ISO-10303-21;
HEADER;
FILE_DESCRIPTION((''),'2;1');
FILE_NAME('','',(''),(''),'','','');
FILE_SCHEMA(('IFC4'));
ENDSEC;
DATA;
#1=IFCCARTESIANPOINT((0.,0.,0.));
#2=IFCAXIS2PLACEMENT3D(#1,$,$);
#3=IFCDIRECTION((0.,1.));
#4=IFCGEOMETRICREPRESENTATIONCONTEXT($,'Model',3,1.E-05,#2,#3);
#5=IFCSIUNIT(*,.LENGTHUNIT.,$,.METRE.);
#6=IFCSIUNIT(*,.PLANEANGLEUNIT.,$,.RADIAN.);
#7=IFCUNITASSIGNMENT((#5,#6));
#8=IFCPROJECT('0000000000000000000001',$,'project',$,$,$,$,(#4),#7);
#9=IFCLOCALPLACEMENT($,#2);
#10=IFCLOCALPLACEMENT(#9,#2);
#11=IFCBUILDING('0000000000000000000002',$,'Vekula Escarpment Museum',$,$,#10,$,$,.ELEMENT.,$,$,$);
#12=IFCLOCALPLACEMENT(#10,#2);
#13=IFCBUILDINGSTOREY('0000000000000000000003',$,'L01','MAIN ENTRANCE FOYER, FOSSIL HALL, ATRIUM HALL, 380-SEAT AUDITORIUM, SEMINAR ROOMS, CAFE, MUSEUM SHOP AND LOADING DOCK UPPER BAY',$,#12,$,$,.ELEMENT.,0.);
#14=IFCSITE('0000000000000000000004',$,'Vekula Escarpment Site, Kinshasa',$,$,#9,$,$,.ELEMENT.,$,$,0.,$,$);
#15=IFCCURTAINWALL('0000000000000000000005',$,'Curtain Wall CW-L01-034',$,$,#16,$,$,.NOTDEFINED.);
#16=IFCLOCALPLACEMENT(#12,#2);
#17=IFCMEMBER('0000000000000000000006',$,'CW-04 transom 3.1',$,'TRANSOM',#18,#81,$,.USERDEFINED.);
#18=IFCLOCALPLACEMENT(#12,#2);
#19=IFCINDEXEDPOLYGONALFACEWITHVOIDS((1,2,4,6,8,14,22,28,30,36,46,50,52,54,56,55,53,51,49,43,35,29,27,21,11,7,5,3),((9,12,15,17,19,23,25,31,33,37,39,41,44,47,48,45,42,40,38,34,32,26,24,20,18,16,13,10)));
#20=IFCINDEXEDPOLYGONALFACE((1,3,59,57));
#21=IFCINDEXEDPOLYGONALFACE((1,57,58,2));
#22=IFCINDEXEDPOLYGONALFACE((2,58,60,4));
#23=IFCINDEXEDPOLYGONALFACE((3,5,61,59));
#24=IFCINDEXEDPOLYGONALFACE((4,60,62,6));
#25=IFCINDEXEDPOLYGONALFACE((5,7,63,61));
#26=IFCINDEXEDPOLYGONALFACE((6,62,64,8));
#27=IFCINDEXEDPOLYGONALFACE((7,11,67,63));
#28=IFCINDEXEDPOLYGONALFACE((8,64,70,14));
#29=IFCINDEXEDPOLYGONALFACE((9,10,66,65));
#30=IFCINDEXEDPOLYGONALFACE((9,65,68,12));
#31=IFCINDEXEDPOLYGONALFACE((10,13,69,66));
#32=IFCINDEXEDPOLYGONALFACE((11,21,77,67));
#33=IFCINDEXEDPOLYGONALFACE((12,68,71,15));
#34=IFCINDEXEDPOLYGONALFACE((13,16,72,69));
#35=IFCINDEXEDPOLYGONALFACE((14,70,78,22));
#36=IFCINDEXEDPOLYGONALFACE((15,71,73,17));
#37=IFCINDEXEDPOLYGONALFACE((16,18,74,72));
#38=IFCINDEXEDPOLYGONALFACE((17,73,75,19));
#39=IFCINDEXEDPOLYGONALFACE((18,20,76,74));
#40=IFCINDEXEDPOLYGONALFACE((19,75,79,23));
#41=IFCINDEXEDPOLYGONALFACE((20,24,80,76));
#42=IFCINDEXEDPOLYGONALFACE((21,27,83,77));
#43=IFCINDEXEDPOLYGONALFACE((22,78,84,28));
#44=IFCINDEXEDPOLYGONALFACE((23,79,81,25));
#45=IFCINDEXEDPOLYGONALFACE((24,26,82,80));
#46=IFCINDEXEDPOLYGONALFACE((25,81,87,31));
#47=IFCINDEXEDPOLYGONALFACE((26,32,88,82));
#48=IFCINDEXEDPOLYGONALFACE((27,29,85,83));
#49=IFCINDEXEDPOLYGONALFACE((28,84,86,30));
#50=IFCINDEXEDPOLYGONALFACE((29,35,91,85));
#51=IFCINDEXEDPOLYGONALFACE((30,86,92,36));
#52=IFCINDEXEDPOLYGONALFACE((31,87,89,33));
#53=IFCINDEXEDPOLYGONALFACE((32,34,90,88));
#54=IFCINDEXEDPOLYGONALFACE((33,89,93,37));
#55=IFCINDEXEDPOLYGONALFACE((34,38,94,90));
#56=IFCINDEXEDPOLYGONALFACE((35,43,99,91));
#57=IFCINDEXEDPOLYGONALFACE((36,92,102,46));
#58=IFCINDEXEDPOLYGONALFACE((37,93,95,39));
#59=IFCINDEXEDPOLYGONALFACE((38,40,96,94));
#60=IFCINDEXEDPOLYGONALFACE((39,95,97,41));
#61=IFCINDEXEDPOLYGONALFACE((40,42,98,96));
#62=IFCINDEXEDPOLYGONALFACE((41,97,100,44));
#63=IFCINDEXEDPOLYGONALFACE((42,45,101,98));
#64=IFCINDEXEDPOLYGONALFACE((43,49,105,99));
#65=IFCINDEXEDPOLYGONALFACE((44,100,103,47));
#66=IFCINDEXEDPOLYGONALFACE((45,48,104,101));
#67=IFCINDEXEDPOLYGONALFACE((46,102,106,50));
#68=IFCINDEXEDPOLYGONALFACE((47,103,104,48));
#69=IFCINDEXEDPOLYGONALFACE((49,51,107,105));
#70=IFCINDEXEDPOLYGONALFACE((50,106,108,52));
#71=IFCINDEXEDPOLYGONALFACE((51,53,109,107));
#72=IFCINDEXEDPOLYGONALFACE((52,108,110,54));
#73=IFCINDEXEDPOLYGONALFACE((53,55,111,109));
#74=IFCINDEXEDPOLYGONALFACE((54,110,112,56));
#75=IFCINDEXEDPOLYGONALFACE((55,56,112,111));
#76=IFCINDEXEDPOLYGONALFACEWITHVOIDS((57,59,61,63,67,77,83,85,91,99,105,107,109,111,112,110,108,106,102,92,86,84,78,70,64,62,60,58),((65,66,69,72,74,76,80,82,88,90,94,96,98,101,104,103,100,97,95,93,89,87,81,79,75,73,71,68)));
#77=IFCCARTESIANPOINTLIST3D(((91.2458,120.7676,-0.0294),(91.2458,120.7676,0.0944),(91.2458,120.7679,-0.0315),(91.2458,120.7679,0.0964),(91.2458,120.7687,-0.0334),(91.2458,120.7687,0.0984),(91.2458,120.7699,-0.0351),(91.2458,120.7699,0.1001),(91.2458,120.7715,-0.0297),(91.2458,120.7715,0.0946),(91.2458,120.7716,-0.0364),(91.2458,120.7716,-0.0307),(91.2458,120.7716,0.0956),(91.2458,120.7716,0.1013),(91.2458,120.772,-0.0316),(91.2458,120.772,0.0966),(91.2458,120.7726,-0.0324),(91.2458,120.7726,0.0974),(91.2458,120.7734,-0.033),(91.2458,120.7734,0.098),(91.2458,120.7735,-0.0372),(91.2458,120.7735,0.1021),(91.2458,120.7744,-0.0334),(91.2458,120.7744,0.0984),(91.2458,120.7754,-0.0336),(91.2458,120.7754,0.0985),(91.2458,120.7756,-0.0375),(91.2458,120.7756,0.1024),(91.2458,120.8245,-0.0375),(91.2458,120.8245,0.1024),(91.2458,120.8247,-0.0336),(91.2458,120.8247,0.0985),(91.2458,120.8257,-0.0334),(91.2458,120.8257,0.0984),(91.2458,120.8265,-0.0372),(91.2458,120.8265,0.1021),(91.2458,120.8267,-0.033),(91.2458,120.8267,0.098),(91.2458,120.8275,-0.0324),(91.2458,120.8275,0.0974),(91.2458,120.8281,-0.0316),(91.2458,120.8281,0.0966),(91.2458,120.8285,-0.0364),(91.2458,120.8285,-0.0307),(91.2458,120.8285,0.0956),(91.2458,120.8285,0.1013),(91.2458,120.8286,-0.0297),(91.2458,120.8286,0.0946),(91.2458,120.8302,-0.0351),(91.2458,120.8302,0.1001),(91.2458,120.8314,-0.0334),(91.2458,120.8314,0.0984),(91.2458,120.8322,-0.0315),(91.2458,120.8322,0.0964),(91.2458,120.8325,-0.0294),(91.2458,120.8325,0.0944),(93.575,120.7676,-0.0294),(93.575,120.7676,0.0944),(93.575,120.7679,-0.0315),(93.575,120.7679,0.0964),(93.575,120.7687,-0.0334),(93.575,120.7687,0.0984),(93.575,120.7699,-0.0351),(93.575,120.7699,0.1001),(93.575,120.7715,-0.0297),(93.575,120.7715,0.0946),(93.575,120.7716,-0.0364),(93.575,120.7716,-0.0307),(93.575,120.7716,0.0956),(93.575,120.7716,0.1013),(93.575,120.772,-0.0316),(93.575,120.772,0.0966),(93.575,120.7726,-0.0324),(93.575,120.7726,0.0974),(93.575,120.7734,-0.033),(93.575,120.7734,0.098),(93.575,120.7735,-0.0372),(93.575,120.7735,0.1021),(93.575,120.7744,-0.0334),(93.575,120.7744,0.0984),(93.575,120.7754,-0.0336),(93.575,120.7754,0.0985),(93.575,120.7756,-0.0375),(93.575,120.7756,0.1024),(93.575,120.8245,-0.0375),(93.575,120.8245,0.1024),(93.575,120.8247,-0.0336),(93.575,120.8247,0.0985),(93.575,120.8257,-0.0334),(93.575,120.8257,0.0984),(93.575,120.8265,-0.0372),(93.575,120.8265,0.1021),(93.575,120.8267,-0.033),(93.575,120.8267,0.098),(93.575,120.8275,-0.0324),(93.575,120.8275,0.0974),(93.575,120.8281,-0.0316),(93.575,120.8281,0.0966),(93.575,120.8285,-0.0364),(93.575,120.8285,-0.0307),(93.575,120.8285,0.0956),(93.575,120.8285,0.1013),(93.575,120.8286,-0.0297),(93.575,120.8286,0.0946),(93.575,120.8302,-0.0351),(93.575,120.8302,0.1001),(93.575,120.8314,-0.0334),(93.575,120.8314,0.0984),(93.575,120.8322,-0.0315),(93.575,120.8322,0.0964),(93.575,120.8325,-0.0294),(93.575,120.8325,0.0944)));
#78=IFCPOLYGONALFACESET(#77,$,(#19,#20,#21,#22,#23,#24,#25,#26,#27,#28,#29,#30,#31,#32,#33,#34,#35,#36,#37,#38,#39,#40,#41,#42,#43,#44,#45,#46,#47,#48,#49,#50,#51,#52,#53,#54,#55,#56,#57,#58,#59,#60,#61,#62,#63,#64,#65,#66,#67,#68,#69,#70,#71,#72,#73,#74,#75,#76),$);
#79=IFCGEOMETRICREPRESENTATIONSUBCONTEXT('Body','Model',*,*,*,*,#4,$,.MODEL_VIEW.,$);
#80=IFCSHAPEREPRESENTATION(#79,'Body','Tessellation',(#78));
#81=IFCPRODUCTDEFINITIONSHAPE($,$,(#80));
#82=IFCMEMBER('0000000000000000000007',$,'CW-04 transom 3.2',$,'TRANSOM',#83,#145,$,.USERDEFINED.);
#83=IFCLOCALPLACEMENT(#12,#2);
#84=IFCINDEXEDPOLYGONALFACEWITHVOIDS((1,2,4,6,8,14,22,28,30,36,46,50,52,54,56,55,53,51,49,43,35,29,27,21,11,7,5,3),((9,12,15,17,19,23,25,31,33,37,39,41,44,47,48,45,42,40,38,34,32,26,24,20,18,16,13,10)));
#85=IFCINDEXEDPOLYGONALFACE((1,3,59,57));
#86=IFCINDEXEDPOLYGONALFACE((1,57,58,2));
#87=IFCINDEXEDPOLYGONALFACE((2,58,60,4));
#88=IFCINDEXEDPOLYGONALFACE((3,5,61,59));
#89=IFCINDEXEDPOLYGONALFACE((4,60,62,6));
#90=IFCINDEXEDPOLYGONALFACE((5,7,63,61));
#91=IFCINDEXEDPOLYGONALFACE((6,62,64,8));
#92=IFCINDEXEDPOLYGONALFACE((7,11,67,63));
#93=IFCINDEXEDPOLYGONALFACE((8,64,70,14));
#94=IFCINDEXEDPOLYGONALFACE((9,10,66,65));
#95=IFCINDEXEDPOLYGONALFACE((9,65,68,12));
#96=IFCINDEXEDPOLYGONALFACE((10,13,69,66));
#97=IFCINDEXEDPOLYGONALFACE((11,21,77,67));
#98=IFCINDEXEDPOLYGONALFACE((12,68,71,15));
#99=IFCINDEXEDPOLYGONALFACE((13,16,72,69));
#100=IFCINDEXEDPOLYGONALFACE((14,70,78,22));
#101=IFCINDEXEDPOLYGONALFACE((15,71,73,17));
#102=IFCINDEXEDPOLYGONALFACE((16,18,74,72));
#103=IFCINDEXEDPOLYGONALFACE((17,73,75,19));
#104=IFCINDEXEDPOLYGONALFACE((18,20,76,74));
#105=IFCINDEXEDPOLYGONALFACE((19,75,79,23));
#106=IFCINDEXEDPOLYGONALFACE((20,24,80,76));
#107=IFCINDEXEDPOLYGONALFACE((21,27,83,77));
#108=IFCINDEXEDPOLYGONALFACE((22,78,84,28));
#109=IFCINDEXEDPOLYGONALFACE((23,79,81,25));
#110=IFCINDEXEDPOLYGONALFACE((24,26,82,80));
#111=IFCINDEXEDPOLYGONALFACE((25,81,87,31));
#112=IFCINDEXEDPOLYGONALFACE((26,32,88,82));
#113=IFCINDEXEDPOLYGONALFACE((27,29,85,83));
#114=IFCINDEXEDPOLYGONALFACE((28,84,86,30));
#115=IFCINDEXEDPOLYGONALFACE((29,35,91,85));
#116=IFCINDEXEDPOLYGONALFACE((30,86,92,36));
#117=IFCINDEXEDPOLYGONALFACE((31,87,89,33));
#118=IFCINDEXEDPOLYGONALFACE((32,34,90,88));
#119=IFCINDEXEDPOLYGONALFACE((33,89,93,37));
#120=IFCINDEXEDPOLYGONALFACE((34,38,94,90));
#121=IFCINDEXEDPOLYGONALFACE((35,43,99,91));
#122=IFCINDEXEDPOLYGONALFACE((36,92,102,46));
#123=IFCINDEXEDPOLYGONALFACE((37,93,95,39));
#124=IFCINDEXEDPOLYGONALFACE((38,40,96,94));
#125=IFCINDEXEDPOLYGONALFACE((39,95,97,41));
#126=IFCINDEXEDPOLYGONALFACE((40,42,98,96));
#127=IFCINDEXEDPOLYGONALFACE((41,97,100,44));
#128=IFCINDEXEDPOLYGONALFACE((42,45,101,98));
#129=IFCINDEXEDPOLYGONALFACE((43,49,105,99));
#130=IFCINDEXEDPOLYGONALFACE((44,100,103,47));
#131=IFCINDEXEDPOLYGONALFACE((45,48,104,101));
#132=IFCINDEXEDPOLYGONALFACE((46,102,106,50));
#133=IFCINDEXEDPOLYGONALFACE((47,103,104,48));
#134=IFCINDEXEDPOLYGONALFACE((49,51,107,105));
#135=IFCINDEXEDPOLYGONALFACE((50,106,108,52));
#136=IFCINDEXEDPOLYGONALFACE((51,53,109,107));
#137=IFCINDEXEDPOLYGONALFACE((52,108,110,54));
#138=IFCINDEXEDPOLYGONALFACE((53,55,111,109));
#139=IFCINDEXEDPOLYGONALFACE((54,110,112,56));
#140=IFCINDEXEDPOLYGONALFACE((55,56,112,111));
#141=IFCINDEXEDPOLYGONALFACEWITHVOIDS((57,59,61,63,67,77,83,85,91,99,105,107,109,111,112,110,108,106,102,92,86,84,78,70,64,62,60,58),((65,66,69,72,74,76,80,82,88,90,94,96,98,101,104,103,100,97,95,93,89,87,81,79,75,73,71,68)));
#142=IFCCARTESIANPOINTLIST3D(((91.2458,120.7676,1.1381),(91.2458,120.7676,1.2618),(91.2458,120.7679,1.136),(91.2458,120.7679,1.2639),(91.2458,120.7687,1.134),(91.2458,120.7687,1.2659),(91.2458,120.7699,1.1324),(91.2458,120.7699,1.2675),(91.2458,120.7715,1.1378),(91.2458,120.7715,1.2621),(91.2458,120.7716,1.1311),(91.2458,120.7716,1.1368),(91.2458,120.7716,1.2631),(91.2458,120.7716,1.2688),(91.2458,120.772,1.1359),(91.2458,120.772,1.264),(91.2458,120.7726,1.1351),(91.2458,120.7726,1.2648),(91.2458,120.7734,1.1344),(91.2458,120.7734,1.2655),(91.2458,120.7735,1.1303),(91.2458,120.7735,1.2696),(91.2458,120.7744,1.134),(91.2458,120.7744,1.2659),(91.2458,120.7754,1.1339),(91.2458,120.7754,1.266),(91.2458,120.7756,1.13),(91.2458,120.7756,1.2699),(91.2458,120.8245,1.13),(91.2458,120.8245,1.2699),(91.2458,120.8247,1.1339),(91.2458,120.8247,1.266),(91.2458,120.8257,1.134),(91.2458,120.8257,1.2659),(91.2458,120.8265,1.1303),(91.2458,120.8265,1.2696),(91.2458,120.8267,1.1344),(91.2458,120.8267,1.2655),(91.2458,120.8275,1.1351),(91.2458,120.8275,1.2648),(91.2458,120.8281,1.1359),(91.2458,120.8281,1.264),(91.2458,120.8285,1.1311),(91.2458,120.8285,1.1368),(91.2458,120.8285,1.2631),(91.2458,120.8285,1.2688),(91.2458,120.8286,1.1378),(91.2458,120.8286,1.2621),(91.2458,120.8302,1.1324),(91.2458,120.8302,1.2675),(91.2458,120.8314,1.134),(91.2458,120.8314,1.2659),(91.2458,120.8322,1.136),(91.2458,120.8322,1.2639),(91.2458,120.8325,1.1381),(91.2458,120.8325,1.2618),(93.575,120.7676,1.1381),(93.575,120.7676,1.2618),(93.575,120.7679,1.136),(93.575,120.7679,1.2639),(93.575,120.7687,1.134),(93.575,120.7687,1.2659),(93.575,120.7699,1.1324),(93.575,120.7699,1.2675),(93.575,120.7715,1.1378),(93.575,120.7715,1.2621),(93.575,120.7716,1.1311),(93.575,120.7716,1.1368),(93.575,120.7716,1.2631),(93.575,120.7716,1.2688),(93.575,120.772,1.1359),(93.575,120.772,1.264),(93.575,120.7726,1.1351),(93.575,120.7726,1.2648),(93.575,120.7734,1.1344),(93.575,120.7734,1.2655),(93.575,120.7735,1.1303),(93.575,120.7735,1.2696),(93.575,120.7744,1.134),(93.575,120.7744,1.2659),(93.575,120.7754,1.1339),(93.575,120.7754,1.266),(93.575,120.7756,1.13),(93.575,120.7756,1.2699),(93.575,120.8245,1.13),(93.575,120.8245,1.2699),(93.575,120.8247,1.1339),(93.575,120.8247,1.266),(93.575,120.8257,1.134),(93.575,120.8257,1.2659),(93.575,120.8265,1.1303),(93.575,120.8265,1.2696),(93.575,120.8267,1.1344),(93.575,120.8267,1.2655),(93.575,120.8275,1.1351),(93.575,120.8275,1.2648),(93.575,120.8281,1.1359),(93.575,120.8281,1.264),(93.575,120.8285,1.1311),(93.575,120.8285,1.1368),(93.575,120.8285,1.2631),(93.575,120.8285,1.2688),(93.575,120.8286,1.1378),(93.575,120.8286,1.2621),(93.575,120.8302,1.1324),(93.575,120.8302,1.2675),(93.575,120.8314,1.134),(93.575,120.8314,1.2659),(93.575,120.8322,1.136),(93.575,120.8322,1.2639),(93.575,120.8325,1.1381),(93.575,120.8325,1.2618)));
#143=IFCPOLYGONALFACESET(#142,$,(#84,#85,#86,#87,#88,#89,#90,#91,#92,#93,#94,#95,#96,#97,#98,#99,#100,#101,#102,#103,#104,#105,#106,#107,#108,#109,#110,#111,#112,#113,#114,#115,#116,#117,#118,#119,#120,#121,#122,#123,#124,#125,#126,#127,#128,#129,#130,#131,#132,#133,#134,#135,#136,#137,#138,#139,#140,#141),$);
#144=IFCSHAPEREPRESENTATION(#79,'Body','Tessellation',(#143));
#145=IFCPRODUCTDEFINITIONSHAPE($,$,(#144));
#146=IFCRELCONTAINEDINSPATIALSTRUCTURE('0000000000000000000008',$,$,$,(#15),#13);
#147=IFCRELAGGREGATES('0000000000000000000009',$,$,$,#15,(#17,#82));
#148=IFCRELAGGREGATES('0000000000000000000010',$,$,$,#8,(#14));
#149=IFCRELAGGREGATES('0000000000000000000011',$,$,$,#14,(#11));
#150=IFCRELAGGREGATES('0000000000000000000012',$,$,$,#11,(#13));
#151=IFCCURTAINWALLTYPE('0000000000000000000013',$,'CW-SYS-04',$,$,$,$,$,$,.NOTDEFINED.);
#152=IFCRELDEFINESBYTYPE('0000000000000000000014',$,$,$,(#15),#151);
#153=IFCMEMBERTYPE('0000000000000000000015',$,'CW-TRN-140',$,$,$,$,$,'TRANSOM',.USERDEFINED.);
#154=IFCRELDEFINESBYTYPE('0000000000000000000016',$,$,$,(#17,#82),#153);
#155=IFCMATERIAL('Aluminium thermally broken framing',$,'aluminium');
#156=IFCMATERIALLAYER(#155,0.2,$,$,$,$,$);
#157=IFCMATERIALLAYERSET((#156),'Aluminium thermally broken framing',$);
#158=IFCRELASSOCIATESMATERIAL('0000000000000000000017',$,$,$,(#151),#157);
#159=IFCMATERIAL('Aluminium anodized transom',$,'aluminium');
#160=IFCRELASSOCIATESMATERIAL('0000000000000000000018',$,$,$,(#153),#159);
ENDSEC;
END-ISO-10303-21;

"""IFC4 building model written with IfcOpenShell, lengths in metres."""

from ifc_helpers import new_model, si_unit, direction, frame, origin, origin_2d, place, context, subcontext, project, spatial, hollow_rectangle, extrude, material, layer, layer_set, material_profile, profile_set, type_object, element, aggregate, save


model = new_model("IFC4")

# Units and contexts
model_context = context("Model", 3, precision=1e-05, world=origin(), true_north=direction((0.0, 1.0)))
body_context = subcontext(model_context, "Body", "Model", "MODEL_VIEW")
ifc_project = project(units=[si_unit("LENGTHUNIT", "METRE"), si_unit("PLANEANGLEUNIT", "RADIAN")], contexts=[model_context])

# Site, building, storey
site_placement = place(None, origin())
site = spatial("IfcSite", under=ifc_project, at=site_placement, Name="Vekula Escarpment Site, Kinshasa", CompositionType="ELEMENT", RefElevation=0.0)
building_placement = place(site_placement, origin())
building = spatial("IfcBuilding", under=site, at=building_placement, Name="Vekula Escarpment Museum", CompositionType="ELEMENT")
storey_placement = place(building_placement, origin())
storey = spatial("IfcBuildingStorey", under=building, at=storey_placement, Name="L01", Description="MAIN ENTRANCE FOYER, FOSSIL HALL, ATRIUM HALL, 380-SEAT AUDITORIUM, SEMINAR ROOMS, CAFE, MUSEUM SHOP AND LOADING DOCK UPPER BAY", CompositionType="ELEMENT", Elevation=0.0)

# Curtain wall, members
ifc_material_1 = material(Name="Aluminium thermally broken framing", Category="aluminium")
ifc_layer_1 = layer(ifc_material_1, 0.2)
ifc_layer_set_1 = layer_set([ifc_layer_1], Name="Aluminium thermally broken framing")
curtain_wall_type = type_object("IfcCurtainWallType", Name="CW-SYS-04", PredefinedType="NOTDEFINED", material=ifc_layer_set_1)
curtain_wall_placement = place(storey_placement, origin())
curtain_wall = element("IfcCurtainWall", 1, at=curtain_wall_placement, inside=storey, type_object=curtain_wall_type, Name="Curtain Wall CW-L01-034", PredefinedType="NOTDEFINED")
ifc_material_2 = material(Name="Aluminium anodized transom", Category="aluminium")
ifc_material_profile_1 = material_profile(ifc_material_2, hollow_rectangle(XDim=0.0649, YDim=0.1399, WallThickness=0.0039, InnerFilletRadius=0.0039, OuterFilletRadius=0.0081, at=origin_2d()), Name="ALU 140x65x4")
ifc_profile_set_1 = profile_set([ifc_material_profile_1], Name="Aluminium anodized transom")
member_type_1 = type_object("IfcMemberType", Name="CW-TRN-140", ElementType="TRANSOM", PredefinedType="USERDEFINED", material=ifc_profile_set_1)
member_1_placement = place(storey_placement, frame((91.2458, 120.8, 0.0325), z_axis=(1.0, 0.0, 0.0), x_axis=(0.0, 1.0, 0.0)))
member_1 = element("IfcMember", 2, at=member_1_placement, type_object=member_type_1, Name="CW-04 transom 3.1", ObjectType="TRANSOM", PredefinedType="USERDEFINED", context=body_context, shape_type="SweptSolid", body=[
    extrude(hollow_rectangle(XDim=0.0649, YDim=0.1399, WallThickness=0.0039, InnerFilletRadius=0.0039, OuterFilletRadius=0.0081, at=origin_2d()), origin(), (0.0, 0.0, 1.0), 2.3291),
])
member_2_placement = place(storey_placement, frame((91.2458, 120.8, 1.2), z_axis=(1.0, 0.0, 0.0), x_axis=(0.0, 1.0, 0.0)))
member_2 = element("IfcMember", 3, at=member_2_placement, type_object=member_type_1, Name="CW-04 transom 3.2", ObjectType="TRANSOM", PredefinedType="USERDEFINED", context=body_context, shape_type="SweptSolid", body=[
    extrude(hollow_rectangle(XDim=0.0649, YDim=0.1399, WallThickness=0.0039, InnerFilletRadius=0.0039, OuterFilletRadius=0.0081, at=origin_2d()), origin(), (0.0, 0.0, 1.0), 2.3291),
])
aggregate(curtain_wall, [member_1, member_2])

save(model, "model.ifc")
